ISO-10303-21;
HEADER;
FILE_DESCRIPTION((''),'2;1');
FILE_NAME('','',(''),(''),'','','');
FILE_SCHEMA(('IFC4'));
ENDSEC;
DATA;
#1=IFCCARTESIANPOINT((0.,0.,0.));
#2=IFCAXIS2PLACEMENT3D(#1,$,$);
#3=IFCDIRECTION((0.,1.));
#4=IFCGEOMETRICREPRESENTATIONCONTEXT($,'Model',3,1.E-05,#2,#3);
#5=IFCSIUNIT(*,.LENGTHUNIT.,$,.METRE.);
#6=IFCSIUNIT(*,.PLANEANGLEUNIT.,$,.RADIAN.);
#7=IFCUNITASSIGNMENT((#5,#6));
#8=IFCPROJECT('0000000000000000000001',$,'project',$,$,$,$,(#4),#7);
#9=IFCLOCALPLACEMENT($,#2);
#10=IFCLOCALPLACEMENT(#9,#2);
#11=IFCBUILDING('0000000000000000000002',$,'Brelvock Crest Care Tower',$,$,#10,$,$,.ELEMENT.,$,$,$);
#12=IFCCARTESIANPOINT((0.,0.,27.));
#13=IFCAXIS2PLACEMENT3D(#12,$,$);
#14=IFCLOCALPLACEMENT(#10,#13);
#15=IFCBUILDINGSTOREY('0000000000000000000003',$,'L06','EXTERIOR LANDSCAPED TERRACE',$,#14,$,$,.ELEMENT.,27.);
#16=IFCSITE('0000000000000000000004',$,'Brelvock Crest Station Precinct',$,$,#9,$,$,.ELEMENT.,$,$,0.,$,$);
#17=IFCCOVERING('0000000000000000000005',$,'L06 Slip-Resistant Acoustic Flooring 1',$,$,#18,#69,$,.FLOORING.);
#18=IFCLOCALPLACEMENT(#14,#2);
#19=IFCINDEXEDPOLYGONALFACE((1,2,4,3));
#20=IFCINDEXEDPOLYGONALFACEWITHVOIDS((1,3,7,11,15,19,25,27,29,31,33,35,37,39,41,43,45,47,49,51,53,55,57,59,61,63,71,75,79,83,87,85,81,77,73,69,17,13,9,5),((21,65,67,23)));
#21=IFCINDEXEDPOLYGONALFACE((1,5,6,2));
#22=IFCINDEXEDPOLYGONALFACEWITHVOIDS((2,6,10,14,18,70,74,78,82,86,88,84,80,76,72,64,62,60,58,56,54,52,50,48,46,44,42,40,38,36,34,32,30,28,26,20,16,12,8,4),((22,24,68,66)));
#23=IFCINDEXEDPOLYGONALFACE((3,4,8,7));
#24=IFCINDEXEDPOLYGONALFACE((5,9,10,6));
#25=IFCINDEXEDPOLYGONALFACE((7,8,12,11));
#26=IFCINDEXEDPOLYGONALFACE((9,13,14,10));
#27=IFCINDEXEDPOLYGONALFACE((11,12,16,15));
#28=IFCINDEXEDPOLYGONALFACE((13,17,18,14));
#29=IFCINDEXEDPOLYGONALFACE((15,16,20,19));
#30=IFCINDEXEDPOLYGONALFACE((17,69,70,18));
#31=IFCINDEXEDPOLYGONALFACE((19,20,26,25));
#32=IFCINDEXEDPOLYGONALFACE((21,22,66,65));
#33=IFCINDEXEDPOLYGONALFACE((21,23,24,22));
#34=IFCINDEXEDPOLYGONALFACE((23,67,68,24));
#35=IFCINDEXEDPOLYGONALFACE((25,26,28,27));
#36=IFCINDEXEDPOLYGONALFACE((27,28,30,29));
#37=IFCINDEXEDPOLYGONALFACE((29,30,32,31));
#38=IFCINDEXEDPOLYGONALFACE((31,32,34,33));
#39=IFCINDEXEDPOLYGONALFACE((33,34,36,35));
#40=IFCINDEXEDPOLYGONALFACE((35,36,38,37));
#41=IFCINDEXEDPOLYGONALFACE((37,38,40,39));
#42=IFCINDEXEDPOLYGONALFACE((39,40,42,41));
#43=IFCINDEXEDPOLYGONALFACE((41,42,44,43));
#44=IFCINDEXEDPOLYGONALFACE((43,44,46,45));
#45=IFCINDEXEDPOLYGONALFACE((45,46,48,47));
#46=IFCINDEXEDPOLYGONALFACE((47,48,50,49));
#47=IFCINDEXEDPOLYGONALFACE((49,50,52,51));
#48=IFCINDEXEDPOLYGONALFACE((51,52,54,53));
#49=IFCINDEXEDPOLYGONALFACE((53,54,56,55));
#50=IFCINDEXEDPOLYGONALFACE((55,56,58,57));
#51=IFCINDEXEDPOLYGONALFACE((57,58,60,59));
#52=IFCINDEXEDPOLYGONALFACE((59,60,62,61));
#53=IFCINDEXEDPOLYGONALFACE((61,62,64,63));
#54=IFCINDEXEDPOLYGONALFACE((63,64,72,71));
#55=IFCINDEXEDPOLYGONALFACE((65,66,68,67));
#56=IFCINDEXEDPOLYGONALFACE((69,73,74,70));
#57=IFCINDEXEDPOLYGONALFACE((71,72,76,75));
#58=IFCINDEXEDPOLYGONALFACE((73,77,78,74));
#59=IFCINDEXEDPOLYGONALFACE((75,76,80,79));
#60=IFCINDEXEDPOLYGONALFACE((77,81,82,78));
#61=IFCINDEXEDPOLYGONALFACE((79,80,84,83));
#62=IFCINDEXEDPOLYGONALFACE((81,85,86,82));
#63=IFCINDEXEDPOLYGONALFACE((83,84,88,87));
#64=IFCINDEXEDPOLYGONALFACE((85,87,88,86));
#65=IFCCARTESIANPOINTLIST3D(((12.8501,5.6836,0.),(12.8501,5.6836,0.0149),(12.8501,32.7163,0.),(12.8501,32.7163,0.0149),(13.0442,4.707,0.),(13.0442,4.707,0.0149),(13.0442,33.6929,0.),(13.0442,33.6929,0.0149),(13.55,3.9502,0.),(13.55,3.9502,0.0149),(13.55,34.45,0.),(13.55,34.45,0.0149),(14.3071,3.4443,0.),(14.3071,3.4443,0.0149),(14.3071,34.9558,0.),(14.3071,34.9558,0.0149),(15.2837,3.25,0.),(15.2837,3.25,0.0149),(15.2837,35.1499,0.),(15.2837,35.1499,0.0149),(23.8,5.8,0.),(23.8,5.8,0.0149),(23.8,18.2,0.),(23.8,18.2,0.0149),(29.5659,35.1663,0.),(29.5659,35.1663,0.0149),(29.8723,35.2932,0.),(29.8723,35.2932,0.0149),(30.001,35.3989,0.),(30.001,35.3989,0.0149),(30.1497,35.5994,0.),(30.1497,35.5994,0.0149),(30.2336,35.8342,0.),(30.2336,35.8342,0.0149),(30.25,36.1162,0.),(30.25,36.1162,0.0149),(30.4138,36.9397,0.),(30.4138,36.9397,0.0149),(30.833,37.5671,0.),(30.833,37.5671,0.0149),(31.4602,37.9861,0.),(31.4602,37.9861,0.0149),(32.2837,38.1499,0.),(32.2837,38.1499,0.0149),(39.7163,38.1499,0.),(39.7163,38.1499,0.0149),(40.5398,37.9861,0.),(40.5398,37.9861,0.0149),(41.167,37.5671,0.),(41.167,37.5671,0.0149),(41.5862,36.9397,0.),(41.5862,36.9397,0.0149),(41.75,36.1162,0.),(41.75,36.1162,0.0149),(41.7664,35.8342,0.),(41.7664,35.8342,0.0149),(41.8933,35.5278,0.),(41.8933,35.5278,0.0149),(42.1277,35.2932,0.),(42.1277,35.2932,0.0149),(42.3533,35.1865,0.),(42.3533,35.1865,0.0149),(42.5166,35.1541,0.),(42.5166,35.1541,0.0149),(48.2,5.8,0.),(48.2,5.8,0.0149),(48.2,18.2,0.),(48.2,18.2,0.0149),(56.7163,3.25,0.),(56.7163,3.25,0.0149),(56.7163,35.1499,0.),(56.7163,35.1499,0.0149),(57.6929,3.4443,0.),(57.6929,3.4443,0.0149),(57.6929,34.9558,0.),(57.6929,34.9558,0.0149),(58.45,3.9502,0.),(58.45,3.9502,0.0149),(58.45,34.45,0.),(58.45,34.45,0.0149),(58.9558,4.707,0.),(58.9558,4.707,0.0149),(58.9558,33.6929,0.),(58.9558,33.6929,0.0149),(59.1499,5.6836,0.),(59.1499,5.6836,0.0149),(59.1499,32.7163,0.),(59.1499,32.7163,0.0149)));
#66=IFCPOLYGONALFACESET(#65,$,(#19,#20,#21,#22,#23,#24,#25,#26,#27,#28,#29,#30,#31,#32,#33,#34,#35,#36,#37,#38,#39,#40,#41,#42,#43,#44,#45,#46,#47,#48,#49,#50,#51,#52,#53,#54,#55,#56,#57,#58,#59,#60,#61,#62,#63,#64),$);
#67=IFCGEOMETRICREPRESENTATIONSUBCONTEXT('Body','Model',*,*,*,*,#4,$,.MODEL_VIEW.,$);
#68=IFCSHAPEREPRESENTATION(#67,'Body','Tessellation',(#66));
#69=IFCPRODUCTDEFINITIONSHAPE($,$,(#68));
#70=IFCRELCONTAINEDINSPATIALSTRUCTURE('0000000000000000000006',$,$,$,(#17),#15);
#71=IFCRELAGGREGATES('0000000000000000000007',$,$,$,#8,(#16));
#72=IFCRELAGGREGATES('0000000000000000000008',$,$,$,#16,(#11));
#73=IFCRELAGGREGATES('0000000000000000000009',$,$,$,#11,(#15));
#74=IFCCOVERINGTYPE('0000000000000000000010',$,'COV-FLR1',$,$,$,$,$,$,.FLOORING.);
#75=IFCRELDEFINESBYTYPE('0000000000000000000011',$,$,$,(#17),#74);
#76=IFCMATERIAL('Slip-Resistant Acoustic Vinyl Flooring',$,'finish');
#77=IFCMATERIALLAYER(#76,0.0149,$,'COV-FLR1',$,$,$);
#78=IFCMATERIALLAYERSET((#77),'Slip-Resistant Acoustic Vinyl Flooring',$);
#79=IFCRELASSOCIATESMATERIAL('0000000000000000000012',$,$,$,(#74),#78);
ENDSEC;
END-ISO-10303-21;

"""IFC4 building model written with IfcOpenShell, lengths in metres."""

from ifc_helpers import new_model, si_unit, direction, frame, origin, place, context, subcontext, project, spatial, polyline, outline, extrude, material, layer, layer_set, type_object, element, save


model = new_model("IFC4")

# Units and contexts
model_context = context("Model", 3, precision=1e-05, world=origin(), true_north=direction((0.0, 1.0)))
body_context = subcontext(model_context, "Body", "Model", "MODEL_VIEW")
ifc_project = project(units=[si_unit("LENGTHUNIT", "METRE"), si_unit("PLANEANGLEUNIT", "RADIAN")], contexts=[model_context])

# Site, building, storey
site_placement = place(None, origin())
site = spatial("IfcSite", under=ifc_project, at=site_placement, Name="Brelvock Crest Station Precinct", CompositionType="ELEMENT", RefElevation=0.0)
building_placement = place(site_placement, origin())
building = spatial("IfcBuilding", under=site, at=building_placement, Name="Brelvock Crest Care Tower", CompositionType="ELEMENT")
storey_placement = place(building_placement, frame((0.0, 0.0, 27.0)))
storey = spatial("IfcBuildingStorey", under=building, at=storey_placement, Name="L06", Description="EXTERIOR LANDSCAPED TERRACE", CompositionType="ELEMENT", Elevation=27.0)

# Covering
ifc_material_1 = material(Name="Slip-Resistant Acoustic Vinyl Flooring", Category="finish")
ifc_layer_1 = layer(ifc_material_1, 0.0149, Name="COV-FLR1")
ifc_layer_set_1 = layer_set([ifc_layer_1], Name="Slip-Resistant Acoustic Vinyl Flooring")
covering_type_1 = type_object("IfcCoveringType", Name="COV-FLR1", PredefinedType="FLOORING", material=ifc_layer_set_1)
covering_1_placement = place(storey_placement, origin())
element("IfcCovering", 1, at=covering_1_placement, inside=storey, type_object=covering_type_1, Name="L06 Slip-Resistant Acoustic Flooring 1", PredefinedType="FLOORING", context=body_context, shape_type="SweptSolid", body=[
    extrude(outline(polyline([(56.7163, 35.1499), (42.5166, 35.1541), (42.3533, 35.1865), (42.1277, 35.2932), (41.8933, 35.5278), (41.7664, 35.8342), (41.75, 36.1162), (41.5862, 36.9397), (41.167, 37.5671), (40.5398, 37.9861), (39.7163, 38.1499), (32.2837, 38.1499), (31.4602, 37.9861), (30.833, 37.5671), (30.4138, 36.9397), (30.25, 36.1162), (30.2336, 35.8342), (30.1497, 35.5994), (30.001, 35.3989), (29.8723, 35.2932), (29.5659, 35.1663), (15.2837, 35.1499), (14.3071, 34.9558), (13.55, 34.45), (13.0442, 33.6929), (12.8501, 32.7163), (12.8501, 5.6836), (13.0442, 4.707), (13.55, 3.9502), (14.3071, 3.4443), (15.2837, 3.25), (56.7163, 3.25), (57.6929, 3.4443), (58.45, 3.9502), (58.9558, 4.707), (59.1499, 5.6836), (59.1499, 32.7163), (58.9558, 33.6929), (58.45, 34.45), (57.6929, 34.9558), (56.7163, 35.1499)]), holes=[polyline([(48.2, 5.8), (48.2, 18.2), (23.8, 18.2), (23.8, 5.8), (48.2, 5.8)])]), origin(), (0.0, 0.0, 1.0), 0.0149),
])

save(model, "model.ifc")
